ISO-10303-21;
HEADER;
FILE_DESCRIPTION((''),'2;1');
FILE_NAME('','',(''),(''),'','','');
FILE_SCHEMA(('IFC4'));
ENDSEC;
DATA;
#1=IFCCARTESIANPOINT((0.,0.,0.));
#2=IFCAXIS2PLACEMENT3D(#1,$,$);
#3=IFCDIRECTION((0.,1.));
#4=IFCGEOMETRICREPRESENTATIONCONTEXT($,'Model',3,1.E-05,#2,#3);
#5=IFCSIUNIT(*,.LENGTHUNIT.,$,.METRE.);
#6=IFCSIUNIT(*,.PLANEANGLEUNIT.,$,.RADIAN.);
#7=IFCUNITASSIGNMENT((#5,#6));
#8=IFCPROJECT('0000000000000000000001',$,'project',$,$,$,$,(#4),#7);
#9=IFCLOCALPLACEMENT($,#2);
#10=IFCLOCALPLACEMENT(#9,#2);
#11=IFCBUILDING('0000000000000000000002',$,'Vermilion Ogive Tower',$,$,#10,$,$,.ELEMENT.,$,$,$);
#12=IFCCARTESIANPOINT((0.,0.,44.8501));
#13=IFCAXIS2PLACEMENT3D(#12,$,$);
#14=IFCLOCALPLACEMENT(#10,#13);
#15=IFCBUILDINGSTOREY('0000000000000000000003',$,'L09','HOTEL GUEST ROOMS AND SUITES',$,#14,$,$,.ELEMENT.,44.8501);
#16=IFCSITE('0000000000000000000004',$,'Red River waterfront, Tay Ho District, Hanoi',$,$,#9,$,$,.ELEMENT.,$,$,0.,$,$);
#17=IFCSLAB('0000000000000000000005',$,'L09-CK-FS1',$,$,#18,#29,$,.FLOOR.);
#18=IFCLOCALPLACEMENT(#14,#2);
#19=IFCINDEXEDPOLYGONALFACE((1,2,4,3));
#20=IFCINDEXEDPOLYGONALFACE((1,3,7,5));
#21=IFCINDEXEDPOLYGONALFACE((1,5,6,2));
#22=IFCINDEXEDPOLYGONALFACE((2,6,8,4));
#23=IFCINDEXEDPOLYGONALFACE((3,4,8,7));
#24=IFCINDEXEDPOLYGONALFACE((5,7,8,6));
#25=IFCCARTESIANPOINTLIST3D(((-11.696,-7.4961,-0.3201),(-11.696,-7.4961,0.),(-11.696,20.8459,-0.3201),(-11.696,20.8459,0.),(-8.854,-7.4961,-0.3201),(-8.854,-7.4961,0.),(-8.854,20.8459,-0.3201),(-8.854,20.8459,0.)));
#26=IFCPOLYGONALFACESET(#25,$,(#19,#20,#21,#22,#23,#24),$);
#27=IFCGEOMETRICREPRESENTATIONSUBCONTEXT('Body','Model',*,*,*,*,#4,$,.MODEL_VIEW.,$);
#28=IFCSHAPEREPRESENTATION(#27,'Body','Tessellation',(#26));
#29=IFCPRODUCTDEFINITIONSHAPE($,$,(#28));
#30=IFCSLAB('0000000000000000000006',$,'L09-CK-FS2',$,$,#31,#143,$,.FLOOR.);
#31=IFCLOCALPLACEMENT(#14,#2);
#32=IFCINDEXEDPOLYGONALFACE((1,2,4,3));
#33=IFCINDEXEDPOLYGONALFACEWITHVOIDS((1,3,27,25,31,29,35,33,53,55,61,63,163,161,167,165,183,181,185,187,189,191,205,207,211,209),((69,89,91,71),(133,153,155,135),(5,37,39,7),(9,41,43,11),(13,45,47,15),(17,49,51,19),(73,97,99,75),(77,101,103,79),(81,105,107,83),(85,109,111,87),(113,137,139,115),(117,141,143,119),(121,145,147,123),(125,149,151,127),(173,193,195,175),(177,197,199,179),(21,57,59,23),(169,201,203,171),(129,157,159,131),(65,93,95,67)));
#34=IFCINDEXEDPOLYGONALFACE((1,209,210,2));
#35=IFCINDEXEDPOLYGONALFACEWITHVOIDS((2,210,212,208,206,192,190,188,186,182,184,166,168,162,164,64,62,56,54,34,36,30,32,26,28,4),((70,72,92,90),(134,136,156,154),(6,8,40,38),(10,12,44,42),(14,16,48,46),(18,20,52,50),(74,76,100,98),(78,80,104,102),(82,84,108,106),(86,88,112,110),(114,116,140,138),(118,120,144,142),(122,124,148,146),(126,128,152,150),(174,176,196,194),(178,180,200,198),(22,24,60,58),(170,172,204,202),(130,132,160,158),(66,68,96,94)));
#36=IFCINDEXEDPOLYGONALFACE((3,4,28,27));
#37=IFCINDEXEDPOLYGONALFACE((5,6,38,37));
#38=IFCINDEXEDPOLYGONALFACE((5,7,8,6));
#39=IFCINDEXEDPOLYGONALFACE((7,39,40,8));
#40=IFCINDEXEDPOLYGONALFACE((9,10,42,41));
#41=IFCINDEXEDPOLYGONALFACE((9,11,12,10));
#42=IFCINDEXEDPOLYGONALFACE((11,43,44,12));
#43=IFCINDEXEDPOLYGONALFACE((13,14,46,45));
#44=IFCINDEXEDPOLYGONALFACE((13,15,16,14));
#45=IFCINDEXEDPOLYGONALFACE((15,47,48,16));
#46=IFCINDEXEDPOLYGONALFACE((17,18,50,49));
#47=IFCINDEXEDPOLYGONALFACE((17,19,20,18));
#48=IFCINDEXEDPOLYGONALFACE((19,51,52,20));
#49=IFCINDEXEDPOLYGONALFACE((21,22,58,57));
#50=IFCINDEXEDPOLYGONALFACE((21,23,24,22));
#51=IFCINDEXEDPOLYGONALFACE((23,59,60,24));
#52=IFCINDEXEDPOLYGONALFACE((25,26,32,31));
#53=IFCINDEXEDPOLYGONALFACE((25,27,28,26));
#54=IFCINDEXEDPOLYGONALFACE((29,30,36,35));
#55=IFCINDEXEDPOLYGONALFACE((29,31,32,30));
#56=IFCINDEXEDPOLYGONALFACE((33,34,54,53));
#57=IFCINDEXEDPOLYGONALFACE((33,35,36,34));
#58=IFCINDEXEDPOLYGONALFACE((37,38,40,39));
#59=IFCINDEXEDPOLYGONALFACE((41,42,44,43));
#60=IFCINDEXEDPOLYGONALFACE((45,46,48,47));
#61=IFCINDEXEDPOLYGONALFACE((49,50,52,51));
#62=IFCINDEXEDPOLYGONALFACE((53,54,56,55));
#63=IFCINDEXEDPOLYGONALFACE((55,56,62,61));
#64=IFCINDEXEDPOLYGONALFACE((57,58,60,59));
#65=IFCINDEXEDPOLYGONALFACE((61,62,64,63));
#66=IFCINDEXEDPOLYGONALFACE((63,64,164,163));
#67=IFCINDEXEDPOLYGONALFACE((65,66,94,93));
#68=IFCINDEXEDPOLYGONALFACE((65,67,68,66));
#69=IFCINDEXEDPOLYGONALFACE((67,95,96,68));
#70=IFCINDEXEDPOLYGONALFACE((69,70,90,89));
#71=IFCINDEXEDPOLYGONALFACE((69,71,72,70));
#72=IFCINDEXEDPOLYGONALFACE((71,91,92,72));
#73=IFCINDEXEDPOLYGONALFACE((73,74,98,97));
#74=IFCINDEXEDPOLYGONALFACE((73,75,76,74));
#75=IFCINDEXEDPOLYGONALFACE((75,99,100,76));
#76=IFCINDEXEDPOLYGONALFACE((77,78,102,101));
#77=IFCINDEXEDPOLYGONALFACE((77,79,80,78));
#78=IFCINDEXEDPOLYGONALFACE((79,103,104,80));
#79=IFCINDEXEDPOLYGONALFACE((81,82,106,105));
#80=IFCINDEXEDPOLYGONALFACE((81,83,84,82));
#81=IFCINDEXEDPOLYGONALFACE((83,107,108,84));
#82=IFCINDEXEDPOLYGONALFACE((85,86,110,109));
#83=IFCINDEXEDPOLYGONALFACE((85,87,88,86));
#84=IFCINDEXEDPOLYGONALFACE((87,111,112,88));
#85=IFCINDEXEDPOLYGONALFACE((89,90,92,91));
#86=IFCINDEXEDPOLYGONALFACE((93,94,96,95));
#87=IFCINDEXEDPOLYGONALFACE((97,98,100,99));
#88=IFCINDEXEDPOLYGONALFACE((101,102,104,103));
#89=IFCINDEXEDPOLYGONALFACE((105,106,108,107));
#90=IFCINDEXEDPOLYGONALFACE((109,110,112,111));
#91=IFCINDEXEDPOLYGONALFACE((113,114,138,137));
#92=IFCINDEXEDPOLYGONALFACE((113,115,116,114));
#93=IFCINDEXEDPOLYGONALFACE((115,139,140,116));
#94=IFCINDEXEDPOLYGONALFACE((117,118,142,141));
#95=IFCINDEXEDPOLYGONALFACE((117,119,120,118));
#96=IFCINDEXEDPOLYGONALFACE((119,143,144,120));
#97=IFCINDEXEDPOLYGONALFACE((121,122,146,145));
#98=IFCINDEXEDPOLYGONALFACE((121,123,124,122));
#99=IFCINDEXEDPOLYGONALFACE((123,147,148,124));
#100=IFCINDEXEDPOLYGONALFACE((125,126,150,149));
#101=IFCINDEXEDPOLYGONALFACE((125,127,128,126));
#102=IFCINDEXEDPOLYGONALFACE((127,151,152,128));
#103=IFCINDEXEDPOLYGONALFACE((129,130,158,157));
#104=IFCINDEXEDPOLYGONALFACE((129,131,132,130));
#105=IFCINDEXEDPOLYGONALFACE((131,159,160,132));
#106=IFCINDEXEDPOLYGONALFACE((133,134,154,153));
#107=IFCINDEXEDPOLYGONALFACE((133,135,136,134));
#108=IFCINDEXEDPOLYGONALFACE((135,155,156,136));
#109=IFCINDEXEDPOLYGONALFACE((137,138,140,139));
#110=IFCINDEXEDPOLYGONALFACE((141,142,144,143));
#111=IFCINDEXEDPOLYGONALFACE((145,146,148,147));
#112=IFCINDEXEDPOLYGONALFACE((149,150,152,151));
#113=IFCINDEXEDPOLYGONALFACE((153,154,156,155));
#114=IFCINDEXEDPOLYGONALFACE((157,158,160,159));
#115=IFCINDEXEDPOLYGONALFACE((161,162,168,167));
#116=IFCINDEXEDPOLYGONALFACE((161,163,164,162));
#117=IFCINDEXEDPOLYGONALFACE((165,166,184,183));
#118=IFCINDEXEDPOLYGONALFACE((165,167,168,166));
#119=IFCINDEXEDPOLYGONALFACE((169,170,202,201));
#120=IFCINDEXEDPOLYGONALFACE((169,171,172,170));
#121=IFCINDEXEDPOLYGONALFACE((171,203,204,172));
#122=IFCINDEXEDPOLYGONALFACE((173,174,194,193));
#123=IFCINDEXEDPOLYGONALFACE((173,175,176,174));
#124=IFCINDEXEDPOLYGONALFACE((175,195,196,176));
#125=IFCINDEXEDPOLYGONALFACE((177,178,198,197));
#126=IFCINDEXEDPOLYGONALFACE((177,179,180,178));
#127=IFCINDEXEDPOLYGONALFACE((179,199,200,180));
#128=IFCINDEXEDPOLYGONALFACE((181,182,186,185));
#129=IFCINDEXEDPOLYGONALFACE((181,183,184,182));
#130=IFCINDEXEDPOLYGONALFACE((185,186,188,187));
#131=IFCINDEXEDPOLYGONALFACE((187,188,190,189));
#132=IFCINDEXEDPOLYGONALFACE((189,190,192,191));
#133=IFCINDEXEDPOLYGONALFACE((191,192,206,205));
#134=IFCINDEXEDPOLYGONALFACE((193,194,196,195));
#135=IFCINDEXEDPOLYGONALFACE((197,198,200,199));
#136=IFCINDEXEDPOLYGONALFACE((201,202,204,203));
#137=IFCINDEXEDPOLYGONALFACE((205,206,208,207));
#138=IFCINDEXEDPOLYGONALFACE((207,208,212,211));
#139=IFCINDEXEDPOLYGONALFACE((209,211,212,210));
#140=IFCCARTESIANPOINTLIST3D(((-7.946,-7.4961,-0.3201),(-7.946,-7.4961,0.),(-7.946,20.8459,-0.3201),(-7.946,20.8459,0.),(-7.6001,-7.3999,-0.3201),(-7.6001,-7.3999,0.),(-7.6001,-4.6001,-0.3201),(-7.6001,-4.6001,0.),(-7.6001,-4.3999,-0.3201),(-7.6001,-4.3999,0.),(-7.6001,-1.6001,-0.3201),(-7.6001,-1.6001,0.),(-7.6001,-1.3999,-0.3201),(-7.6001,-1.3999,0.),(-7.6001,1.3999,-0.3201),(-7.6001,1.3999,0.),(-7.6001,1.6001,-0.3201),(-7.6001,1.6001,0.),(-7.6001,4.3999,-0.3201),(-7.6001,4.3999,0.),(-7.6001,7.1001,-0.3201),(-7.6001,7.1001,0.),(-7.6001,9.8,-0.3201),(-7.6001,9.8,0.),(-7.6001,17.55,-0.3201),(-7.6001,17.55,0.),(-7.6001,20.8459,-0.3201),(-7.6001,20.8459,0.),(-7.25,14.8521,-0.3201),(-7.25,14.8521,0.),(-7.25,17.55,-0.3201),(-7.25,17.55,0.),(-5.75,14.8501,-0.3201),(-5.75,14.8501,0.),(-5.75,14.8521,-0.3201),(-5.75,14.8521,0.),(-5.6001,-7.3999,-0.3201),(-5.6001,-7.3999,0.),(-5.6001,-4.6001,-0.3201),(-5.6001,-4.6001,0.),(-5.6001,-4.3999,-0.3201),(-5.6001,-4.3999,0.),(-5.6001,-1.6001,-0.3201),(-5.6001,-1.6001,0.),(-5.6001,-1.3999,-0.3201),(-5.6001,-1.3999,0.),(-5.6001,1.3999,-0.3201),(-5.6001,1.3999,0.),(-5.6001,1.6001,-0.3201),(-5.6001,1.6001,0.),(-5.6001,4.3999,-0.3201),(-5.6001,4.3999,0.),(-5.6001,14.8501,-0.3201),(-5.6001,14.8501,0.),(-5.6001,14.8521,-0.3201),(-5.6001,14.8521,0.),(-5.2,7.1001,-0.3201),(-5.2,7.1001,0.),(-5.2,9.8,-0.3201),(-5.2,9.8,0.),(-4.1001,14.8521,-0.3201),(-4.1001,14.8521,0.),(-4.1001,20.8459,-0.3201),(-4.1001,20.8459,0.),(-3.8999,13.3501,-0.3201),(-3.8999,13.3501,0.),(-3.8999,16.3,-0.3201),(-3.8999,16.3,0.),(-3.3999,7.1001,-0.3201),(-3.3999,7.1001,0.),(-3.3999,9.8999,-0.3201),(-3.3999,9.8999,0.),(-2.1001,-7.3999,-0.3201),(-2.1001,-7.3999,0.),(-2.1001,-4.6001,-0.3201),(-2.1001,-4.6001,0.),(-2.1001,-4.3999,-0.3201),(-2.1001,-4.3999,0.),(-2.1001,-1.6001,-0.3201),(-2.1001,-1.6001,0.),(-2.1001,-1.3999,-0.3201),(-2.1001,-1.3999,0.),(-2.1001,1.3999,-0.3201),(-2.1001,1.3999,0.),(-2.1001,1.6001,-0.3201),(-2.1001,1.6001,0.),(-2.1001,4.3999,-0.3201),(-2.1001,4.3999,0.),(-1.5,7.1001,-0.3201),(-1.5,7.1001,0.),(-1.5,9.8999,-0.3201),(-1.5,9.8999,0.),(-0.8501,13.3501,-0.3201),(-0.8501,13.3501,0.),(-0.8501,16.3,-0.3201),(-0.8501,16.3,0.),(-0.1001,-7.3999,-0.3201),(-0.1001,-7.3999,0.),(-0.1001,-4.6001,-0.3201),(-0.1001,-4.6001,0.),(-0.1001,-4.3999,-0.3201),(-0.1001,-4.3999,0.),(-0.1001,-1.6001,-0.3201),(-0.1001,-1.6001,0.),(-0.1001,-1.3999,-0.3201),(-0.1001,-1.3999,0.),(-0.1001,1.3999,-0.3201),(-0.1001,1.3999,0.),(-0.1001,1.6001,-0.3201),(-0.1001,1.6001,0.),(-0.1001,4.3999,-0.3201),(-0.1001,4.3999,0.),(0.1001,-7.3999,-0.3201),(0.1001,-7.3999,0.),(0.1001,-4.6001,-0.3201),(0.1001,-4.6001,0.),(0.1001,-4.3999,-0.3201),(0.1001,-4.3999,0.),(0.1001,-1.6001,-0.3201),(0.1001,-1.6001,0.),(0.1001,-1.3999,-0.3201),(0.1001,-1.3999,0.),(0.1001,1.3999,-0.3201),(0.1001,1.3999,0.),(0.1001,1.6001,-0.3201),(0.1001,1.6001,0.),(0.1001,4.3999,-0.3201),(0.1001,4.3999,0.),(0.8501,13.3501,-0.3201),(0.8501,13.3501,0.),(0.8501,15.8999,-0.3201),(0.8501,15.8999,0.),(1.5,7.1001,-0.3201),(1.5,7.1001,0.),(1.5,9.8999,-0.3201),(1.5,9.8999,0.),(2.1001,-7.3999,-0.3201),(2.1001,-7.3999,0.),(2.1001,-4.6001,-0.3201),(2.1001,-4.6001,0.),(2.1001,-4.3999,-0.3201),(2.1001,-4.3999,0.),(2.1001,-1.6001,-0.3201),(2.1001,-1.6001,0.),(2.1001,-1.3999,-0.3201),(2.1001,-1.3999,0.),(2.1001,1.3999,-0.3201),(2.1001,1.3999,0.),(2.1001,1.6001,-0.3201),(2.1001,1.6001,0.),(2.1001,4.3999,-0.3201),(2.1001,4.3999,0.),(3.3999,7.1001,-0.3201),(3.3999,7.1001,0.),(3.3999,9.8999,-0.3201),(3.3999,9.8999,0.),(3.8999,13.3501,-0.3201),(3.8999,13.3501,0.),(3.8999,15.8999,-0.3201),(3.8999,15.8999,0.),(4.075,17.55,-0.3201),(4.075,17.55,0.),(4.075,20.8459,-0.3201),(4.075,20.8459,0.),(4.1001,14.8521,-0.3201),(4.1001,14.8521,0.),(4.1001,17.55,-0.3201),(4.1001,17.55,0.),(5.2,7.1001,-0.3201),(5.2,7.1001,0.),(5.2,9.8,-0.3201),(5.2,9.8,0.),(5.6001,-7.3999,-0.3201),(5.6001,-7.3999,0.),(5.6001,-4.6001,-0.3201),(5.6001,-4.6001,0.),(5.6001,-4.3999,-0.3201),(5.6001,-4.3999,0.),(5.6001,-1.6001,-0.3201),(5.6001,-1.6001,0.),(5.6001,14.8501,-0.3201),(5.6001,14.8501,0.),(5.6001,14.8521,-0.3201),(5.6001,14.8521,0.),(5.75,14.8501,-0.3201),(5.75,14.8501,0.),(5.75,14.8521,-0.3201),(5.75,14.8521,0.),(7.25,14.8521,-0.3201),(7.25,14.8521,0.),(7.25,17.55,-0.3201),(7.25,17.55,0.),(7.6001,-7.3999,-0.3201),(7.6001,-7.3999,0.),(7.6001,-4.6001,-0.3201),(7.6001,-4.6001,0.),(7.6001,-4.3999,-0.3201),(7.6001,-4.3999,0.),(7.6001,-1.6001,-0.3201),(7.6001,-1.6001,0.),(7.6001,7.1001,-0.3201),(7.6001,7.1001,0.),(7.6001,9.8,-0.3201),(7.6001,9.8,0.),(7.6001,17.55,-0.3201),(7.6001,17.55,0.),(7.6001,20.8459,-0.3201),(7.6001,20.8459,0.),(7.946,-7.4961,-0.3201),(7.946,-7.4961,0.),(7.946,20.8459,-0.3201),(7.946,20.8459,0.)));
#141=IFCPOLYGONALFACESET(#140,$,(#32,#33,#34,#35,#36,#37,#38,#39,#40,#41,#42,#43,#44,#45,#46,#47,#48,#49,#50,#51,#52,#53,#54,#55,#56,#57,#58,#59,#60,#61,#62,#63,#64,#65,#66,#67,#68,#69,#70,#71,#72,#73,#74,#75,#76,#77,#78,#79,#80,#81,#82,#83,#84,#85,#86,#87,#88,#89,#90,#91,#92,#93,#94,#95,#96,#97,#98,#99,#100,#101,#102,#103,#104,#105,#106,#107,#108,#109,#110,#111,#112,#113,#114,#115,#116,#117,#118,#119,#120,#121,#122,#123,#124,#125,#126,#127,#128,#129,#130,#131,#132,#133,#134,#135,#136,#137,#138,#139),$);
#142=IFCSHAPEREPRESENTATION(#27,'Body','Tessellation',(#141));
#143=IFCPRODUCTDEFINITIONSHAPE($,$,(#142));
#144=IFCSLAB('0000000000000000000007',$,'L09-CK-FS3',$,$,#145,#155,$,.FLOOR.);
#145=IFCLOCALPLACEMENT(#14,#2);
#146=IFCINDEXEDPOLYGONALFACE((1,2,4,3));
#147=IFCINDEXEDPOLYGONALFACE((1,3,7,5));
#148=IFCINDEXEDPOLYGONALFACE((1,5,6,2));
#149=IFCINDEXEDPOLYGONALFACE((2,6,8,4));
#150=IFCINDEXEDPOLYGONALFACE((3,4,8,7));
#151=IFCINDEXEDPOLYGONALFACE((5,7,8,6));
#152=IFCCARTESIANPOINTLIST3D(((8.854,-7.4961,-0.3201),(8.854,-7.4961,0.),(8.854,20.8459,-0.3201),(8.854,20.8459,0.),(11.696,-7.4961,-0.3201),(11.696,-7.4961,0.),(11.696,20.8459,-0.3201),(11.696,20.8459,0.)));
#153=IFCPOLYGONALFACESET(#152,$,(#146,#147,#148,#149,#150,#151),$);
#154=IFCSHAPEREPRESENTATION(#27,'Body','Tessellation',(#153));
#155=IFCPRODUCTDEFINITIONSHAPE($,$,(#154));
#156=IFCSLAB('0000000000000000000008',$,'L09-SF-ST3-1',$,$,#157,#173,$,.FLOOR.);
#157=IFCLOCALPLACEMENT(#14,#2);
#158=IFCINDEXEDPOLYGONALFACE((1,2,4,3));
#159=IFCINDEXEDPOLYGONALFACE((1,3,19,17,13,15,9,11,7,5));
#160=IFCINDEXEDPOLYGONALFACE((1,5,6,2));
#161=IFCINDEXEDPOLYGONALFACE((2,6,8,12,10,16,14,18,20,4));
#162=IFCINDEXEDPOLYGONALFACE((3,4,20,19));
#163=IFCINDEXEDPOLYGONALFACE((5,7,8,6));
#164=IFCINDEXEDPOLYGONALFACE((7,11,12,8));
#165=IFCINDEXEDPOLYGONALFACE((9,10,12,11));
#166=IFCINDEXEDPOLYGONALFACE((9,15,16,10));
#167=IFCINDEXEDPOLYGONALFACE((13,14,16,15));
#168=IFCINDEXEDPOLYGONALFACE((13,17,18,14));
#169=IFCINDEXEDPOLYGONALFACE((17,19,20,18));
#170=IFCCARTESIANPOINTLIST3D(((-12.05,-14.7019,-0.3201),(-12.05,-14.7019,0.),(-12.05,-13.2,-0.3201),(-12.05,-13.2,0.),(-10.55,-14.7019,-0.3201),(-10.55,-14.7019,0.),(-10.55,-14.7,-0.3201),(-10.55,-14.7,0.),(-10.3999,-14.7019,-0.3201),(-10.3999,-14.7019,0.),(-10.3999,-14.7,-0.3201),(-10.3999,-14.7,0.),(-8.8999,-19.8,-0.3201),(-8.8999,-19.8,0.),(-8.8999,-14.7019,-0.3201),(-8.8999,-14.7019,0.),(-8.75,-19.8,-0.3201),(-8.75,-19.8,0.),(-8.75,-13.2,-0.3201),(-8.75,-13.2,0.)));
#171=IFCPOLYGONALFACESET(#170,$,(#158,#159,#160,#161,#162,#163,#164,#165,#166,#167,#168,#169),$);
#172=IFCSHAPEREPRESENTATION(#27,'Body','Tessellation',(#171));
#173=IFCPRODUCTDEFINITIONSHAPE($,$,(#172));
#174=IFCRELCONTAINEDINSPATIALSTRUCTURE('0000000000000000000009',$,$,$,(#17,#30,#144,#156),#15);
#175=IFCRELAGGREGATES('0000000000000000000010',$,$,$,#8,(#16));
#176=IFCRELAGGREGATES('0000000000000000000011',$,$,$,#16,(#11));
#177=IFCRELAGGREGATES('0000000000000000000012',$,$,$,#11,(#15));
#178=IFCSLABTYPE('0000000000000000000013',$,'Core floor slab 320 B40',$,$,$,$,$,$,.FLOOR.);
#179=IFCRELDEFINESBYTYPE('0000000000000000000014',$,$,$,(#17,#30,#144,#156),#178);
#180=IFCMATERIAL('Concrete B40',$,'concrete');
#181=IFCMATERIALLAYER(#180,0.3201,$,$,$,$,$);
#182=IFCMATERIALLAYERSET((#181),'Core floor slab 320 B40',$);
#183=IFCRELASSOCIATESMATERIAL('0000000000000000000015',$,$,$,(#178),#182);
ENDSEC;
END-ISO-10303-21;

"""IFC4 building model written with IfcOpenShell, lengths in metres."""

from ifc_helpers import new_model, si_unit, direction, frame, origin, place, context, subcontext, project, spatial, polyline, outline, extrude, material, layer, layer_set, type_object, element, save


model = new_model("IFC4")

# Units and contexts
model_context = context("Model", 3, precision=1e-05, world=origin(), true_north=direction((0.0, 1.0)))
body_context = subcontext(model_context, "Body", "Model", "MODEL_VIEW")
ifc_project = project(units=[si_unit("LENGTHUNIT", "METRE"), si_unit("PLANEANGLEUNIT", "RADIAN")], contexts=[model_context])

# Site, building, storey
site_placement = place(None, origin())
site = spatial("IfcSite", under=ifc_project, at=site_placement, Name="Red River waterfront, Tay Ho District, Hanoi", CompositionType="ELEMENT", RefElevation=0.0)
building_placement = place(site_placement, origin())
building = spatial("IfcBuilding", under=site, at=building_placement, Name="Vermilion Ogive Tower", CompositionType="ELEMENT")
storey_placement = place(building_placement, frame((0.0, 0.0, 44.8501)))
storey = spatial("IfcBuildingStorey", under=building, at=storey_placement, Name="L09", Description="HOTEL GUEST ROOMS AND SUITES", CompositionType="ELEMENT", Elevation=44.8501)

# Slabs
ifc_material_1 = material(Name="Concrete B40", Category="concrete")
ifc_layer_1 = layer(ifc_material_1, 0.3201)
ifc_layer_set_1 = layer_set([ifc_layer_1], Name="Core floor slab 320 B40")
slab_type_1 = type_object("IfcSlabType", Name="Core floor slab 320 B40", PredefinedType="FLOOR", material=ifc_layer_set_1)
slab_1_placement = place(storey_placement, frame((0.0, 0.0, -0.3201)))
element("IfcSlab", 1, at=slab_1_placement, inside=storey, type_object=slab_type_1, Name="L09-CK-FS1", PredefinedType="FLOOR", context=body_context, shape_type="SweptSolid", body=[
    extrude(outline(polyline([(-8.854, -7.4961), (-11.696, -7.4961), (-11.696, 20.8459), (-8.854, 20.8459), (-8.854, -7.4961)])), origin(), (0.0, 0.0, 1.0), 0.3201),
])
slab_2_placement = place(storey_placement, frame((0.0, 0.0, -0.3201)))
element("IfcSlab", 2, at=slab_2_placement, inside=storey, type_object=slab_type_1, Name="L09-CK-FS2", PredefinedType="FLOOR", context=body_context, shape_type="SweptSolid", body=[
    extrude(outline(polyline([(5.75, 14.8501), (5.6001, 14.8501), (5.6001, 14.8521), (4.1001, 14.8521), (4.1001, 17.55), (4.075, 17.55), (4.075, 20.8459), (-4.1001, 20.8459), (-4.1001, 14.8521), (-5.6001, 14.8521), (-5.6001, 14.8501), (-5.75, 14.8501), (-5.75, 14.8521), (-7.25, 14.8521), (-7.25, 17.55), (-7.6001, 17.55), (-7.6001, 20.8459), (-7.946, 20.8459), (-7.946, -7.4961), (7.946, -7.4961), (7.946, 20.8459), (7.6001, 20.8459), (7.6001, 17.55), (7.25, 17.55), (7.25, 14.8521), (5.75, 14.8521), (5.75, 14.8501)]), holes=[polyline([(-7.6001, -4.6001), (-5.6001, -4.6001), (-5.6001, -7.3999), (-7.6001, -7.3999), (-7.6001, -4.6001)]), polyline([(-2.1001, -4.6001), (-0.1001, -4.6001), (-0.1001, -7.3999), (-2.1001, -7.3999), (-2.1001, -4.6001)]), polyline([(-7.6001, -4.3999), (-7.6001, -1.6001), (-5.6001, -1.6001), (-5.6001, -4.3999), (-7.6001, -4.3999)]), polyline([(-2.1001, -1.6001), (-0.1001, -1.6001), (-0.1001, -4.3999), (-2.1001, -4.3999), (-2.1001, -1.6001)]), polyline([(-7.6001, -1.3999), (-7.6001, 1.3999), (-5.6001, 1.3999), (-5.6001, -1.3999), (-7.6001, -1.3999)]), polyline([(-2.1001, 1.3999), (-0.1001, 1.3999), (-0.1001, -1.3999), (-2.1001, -1.3999), (-2.1001, 1.3999)]), polyline([(-7.6001, 4.3999), (-5.6001, 4.3999), (-5.6001, 1.6001), (-7.6001, 1.6001), (-7.6001, 4.3999)]), polyline([(-2.1001, 4.3999), (-0.1001, 4.3999), (-0.1001, 1.6001), (-2.1001, 1.6001), (-2.1001, 4.3999)]), polyline([(-7.6001, 9.8), (-5.2, 9.8), (-5.2, 7.1001), (-7.6001, 7.1001), (-7.6001, 9.8)]), polyline([(-3.3999, 9.8999), (-1.5, 9.8999), (-1.5, 7.1001), (-3.3999, 7.1001), (-3.3999, 9.8999)]), polyline([(-3.8999, 16.3), (-0.8501, 16.3), (-0.8501, 13.3501), (-3.8999, 13.3501), (-3.8999, 16.3)]), polyline([(0.1001, -4.6001), (2.1001, -4.6001), (2.1001, -7.3999), (0.1001, -7.3999), (0.1001, -4.6001)]), polyline([(5.6001, -4.6001), (7.6001, -4.6001), (7.6001, -7.3999), (5.6001, -7.3999), (5.6001, -4.6001)]), polyline([(0.1001, -1.6001), (2.1001, -1.6001), (2.1001, -4.3999), (0.1001, -4.3999), (0.1001, -1.6001)]), polyline([(5.6001, -1.6001), (7.6001, -1.6001), (7.6001, -4.3999), (5.6001, -4.3999), (5.6001, -1.6001)]), polyline([(0.1001, 1.3999), (2.1001, 1.3999), (2.1001, -1.3999), (0.1001, -1.3999), (0.1001, 1.3999)]), polyline([(0.1001, 4.3999), (2.1001, 4.3999), (2.1001, 1.6001), (0.1001, 1.6001), (0.1001, 4.3999)]), polyline([(5.2, 9.8), (7.6001, 9.8), (7.6001, 7.1001), (5.2, 7.1001), (5.2, 9.8)]), polyline([(1.5, 9.8999), (3.3999, 9.8999), (3.3999, 7.1001), (1.5, 7.1001), (1.5, 9.8999)]), polyline([(0.8501, 15.8999), (3.8999, 15.8999), (3.8999, 13.3501), (0.8501, 13.3501), (0.8501, 15.8999)])]), origin(), (0.0, 0.0, 1.0), 0.3201),
])
slab_3_placement = place(storey_placement, frame((0.0, 0.0, -0.3201)))
element("IfcSlab", 3, at=slab_3_placement, inside=storey, type_object=slab_type_1, Name="L09-CK-FS3", PredefinedType="FLOOR", context=body_context, shape_type="SweptSolid", body=[
    extrude(outline(polyline([(8.854, 20.8459), (11.696, 20.8459), (11.696, -7.4961), (8.854, -7.4961), (8.854, 20.8459)])), origin(), (0.0, 0.0, 1.0), 0.3201),
])
slab_4_placement = place(storey_placement, frame((0.0, 0.0, -0.3201)))
element("IfcSlab", 4, at=slab_4_placement, inside=storey, type_object=slab_type_1, Name="L09-SF-ST3-1", PredefinedType="FLOOR", context=body_context, shape_type="SweptSolid", body=[
    extrude(outline(polyline([(-12.05, -13.2), (-12.05, -14.7019), (-10.55, -14.7019), (-10.55, -14.7), (-10.3999, -14.7), (-10.3999, -14.7019), (-8.8999, -14.7019), (-8.8999, -19.8), (-8.75, -19.8), (-8.75, -13.2), (-12.05, -13.2)])), origin(), (0.0, 0.0, 1.0), 0.3201),
])

save(model, "model.ifc")
